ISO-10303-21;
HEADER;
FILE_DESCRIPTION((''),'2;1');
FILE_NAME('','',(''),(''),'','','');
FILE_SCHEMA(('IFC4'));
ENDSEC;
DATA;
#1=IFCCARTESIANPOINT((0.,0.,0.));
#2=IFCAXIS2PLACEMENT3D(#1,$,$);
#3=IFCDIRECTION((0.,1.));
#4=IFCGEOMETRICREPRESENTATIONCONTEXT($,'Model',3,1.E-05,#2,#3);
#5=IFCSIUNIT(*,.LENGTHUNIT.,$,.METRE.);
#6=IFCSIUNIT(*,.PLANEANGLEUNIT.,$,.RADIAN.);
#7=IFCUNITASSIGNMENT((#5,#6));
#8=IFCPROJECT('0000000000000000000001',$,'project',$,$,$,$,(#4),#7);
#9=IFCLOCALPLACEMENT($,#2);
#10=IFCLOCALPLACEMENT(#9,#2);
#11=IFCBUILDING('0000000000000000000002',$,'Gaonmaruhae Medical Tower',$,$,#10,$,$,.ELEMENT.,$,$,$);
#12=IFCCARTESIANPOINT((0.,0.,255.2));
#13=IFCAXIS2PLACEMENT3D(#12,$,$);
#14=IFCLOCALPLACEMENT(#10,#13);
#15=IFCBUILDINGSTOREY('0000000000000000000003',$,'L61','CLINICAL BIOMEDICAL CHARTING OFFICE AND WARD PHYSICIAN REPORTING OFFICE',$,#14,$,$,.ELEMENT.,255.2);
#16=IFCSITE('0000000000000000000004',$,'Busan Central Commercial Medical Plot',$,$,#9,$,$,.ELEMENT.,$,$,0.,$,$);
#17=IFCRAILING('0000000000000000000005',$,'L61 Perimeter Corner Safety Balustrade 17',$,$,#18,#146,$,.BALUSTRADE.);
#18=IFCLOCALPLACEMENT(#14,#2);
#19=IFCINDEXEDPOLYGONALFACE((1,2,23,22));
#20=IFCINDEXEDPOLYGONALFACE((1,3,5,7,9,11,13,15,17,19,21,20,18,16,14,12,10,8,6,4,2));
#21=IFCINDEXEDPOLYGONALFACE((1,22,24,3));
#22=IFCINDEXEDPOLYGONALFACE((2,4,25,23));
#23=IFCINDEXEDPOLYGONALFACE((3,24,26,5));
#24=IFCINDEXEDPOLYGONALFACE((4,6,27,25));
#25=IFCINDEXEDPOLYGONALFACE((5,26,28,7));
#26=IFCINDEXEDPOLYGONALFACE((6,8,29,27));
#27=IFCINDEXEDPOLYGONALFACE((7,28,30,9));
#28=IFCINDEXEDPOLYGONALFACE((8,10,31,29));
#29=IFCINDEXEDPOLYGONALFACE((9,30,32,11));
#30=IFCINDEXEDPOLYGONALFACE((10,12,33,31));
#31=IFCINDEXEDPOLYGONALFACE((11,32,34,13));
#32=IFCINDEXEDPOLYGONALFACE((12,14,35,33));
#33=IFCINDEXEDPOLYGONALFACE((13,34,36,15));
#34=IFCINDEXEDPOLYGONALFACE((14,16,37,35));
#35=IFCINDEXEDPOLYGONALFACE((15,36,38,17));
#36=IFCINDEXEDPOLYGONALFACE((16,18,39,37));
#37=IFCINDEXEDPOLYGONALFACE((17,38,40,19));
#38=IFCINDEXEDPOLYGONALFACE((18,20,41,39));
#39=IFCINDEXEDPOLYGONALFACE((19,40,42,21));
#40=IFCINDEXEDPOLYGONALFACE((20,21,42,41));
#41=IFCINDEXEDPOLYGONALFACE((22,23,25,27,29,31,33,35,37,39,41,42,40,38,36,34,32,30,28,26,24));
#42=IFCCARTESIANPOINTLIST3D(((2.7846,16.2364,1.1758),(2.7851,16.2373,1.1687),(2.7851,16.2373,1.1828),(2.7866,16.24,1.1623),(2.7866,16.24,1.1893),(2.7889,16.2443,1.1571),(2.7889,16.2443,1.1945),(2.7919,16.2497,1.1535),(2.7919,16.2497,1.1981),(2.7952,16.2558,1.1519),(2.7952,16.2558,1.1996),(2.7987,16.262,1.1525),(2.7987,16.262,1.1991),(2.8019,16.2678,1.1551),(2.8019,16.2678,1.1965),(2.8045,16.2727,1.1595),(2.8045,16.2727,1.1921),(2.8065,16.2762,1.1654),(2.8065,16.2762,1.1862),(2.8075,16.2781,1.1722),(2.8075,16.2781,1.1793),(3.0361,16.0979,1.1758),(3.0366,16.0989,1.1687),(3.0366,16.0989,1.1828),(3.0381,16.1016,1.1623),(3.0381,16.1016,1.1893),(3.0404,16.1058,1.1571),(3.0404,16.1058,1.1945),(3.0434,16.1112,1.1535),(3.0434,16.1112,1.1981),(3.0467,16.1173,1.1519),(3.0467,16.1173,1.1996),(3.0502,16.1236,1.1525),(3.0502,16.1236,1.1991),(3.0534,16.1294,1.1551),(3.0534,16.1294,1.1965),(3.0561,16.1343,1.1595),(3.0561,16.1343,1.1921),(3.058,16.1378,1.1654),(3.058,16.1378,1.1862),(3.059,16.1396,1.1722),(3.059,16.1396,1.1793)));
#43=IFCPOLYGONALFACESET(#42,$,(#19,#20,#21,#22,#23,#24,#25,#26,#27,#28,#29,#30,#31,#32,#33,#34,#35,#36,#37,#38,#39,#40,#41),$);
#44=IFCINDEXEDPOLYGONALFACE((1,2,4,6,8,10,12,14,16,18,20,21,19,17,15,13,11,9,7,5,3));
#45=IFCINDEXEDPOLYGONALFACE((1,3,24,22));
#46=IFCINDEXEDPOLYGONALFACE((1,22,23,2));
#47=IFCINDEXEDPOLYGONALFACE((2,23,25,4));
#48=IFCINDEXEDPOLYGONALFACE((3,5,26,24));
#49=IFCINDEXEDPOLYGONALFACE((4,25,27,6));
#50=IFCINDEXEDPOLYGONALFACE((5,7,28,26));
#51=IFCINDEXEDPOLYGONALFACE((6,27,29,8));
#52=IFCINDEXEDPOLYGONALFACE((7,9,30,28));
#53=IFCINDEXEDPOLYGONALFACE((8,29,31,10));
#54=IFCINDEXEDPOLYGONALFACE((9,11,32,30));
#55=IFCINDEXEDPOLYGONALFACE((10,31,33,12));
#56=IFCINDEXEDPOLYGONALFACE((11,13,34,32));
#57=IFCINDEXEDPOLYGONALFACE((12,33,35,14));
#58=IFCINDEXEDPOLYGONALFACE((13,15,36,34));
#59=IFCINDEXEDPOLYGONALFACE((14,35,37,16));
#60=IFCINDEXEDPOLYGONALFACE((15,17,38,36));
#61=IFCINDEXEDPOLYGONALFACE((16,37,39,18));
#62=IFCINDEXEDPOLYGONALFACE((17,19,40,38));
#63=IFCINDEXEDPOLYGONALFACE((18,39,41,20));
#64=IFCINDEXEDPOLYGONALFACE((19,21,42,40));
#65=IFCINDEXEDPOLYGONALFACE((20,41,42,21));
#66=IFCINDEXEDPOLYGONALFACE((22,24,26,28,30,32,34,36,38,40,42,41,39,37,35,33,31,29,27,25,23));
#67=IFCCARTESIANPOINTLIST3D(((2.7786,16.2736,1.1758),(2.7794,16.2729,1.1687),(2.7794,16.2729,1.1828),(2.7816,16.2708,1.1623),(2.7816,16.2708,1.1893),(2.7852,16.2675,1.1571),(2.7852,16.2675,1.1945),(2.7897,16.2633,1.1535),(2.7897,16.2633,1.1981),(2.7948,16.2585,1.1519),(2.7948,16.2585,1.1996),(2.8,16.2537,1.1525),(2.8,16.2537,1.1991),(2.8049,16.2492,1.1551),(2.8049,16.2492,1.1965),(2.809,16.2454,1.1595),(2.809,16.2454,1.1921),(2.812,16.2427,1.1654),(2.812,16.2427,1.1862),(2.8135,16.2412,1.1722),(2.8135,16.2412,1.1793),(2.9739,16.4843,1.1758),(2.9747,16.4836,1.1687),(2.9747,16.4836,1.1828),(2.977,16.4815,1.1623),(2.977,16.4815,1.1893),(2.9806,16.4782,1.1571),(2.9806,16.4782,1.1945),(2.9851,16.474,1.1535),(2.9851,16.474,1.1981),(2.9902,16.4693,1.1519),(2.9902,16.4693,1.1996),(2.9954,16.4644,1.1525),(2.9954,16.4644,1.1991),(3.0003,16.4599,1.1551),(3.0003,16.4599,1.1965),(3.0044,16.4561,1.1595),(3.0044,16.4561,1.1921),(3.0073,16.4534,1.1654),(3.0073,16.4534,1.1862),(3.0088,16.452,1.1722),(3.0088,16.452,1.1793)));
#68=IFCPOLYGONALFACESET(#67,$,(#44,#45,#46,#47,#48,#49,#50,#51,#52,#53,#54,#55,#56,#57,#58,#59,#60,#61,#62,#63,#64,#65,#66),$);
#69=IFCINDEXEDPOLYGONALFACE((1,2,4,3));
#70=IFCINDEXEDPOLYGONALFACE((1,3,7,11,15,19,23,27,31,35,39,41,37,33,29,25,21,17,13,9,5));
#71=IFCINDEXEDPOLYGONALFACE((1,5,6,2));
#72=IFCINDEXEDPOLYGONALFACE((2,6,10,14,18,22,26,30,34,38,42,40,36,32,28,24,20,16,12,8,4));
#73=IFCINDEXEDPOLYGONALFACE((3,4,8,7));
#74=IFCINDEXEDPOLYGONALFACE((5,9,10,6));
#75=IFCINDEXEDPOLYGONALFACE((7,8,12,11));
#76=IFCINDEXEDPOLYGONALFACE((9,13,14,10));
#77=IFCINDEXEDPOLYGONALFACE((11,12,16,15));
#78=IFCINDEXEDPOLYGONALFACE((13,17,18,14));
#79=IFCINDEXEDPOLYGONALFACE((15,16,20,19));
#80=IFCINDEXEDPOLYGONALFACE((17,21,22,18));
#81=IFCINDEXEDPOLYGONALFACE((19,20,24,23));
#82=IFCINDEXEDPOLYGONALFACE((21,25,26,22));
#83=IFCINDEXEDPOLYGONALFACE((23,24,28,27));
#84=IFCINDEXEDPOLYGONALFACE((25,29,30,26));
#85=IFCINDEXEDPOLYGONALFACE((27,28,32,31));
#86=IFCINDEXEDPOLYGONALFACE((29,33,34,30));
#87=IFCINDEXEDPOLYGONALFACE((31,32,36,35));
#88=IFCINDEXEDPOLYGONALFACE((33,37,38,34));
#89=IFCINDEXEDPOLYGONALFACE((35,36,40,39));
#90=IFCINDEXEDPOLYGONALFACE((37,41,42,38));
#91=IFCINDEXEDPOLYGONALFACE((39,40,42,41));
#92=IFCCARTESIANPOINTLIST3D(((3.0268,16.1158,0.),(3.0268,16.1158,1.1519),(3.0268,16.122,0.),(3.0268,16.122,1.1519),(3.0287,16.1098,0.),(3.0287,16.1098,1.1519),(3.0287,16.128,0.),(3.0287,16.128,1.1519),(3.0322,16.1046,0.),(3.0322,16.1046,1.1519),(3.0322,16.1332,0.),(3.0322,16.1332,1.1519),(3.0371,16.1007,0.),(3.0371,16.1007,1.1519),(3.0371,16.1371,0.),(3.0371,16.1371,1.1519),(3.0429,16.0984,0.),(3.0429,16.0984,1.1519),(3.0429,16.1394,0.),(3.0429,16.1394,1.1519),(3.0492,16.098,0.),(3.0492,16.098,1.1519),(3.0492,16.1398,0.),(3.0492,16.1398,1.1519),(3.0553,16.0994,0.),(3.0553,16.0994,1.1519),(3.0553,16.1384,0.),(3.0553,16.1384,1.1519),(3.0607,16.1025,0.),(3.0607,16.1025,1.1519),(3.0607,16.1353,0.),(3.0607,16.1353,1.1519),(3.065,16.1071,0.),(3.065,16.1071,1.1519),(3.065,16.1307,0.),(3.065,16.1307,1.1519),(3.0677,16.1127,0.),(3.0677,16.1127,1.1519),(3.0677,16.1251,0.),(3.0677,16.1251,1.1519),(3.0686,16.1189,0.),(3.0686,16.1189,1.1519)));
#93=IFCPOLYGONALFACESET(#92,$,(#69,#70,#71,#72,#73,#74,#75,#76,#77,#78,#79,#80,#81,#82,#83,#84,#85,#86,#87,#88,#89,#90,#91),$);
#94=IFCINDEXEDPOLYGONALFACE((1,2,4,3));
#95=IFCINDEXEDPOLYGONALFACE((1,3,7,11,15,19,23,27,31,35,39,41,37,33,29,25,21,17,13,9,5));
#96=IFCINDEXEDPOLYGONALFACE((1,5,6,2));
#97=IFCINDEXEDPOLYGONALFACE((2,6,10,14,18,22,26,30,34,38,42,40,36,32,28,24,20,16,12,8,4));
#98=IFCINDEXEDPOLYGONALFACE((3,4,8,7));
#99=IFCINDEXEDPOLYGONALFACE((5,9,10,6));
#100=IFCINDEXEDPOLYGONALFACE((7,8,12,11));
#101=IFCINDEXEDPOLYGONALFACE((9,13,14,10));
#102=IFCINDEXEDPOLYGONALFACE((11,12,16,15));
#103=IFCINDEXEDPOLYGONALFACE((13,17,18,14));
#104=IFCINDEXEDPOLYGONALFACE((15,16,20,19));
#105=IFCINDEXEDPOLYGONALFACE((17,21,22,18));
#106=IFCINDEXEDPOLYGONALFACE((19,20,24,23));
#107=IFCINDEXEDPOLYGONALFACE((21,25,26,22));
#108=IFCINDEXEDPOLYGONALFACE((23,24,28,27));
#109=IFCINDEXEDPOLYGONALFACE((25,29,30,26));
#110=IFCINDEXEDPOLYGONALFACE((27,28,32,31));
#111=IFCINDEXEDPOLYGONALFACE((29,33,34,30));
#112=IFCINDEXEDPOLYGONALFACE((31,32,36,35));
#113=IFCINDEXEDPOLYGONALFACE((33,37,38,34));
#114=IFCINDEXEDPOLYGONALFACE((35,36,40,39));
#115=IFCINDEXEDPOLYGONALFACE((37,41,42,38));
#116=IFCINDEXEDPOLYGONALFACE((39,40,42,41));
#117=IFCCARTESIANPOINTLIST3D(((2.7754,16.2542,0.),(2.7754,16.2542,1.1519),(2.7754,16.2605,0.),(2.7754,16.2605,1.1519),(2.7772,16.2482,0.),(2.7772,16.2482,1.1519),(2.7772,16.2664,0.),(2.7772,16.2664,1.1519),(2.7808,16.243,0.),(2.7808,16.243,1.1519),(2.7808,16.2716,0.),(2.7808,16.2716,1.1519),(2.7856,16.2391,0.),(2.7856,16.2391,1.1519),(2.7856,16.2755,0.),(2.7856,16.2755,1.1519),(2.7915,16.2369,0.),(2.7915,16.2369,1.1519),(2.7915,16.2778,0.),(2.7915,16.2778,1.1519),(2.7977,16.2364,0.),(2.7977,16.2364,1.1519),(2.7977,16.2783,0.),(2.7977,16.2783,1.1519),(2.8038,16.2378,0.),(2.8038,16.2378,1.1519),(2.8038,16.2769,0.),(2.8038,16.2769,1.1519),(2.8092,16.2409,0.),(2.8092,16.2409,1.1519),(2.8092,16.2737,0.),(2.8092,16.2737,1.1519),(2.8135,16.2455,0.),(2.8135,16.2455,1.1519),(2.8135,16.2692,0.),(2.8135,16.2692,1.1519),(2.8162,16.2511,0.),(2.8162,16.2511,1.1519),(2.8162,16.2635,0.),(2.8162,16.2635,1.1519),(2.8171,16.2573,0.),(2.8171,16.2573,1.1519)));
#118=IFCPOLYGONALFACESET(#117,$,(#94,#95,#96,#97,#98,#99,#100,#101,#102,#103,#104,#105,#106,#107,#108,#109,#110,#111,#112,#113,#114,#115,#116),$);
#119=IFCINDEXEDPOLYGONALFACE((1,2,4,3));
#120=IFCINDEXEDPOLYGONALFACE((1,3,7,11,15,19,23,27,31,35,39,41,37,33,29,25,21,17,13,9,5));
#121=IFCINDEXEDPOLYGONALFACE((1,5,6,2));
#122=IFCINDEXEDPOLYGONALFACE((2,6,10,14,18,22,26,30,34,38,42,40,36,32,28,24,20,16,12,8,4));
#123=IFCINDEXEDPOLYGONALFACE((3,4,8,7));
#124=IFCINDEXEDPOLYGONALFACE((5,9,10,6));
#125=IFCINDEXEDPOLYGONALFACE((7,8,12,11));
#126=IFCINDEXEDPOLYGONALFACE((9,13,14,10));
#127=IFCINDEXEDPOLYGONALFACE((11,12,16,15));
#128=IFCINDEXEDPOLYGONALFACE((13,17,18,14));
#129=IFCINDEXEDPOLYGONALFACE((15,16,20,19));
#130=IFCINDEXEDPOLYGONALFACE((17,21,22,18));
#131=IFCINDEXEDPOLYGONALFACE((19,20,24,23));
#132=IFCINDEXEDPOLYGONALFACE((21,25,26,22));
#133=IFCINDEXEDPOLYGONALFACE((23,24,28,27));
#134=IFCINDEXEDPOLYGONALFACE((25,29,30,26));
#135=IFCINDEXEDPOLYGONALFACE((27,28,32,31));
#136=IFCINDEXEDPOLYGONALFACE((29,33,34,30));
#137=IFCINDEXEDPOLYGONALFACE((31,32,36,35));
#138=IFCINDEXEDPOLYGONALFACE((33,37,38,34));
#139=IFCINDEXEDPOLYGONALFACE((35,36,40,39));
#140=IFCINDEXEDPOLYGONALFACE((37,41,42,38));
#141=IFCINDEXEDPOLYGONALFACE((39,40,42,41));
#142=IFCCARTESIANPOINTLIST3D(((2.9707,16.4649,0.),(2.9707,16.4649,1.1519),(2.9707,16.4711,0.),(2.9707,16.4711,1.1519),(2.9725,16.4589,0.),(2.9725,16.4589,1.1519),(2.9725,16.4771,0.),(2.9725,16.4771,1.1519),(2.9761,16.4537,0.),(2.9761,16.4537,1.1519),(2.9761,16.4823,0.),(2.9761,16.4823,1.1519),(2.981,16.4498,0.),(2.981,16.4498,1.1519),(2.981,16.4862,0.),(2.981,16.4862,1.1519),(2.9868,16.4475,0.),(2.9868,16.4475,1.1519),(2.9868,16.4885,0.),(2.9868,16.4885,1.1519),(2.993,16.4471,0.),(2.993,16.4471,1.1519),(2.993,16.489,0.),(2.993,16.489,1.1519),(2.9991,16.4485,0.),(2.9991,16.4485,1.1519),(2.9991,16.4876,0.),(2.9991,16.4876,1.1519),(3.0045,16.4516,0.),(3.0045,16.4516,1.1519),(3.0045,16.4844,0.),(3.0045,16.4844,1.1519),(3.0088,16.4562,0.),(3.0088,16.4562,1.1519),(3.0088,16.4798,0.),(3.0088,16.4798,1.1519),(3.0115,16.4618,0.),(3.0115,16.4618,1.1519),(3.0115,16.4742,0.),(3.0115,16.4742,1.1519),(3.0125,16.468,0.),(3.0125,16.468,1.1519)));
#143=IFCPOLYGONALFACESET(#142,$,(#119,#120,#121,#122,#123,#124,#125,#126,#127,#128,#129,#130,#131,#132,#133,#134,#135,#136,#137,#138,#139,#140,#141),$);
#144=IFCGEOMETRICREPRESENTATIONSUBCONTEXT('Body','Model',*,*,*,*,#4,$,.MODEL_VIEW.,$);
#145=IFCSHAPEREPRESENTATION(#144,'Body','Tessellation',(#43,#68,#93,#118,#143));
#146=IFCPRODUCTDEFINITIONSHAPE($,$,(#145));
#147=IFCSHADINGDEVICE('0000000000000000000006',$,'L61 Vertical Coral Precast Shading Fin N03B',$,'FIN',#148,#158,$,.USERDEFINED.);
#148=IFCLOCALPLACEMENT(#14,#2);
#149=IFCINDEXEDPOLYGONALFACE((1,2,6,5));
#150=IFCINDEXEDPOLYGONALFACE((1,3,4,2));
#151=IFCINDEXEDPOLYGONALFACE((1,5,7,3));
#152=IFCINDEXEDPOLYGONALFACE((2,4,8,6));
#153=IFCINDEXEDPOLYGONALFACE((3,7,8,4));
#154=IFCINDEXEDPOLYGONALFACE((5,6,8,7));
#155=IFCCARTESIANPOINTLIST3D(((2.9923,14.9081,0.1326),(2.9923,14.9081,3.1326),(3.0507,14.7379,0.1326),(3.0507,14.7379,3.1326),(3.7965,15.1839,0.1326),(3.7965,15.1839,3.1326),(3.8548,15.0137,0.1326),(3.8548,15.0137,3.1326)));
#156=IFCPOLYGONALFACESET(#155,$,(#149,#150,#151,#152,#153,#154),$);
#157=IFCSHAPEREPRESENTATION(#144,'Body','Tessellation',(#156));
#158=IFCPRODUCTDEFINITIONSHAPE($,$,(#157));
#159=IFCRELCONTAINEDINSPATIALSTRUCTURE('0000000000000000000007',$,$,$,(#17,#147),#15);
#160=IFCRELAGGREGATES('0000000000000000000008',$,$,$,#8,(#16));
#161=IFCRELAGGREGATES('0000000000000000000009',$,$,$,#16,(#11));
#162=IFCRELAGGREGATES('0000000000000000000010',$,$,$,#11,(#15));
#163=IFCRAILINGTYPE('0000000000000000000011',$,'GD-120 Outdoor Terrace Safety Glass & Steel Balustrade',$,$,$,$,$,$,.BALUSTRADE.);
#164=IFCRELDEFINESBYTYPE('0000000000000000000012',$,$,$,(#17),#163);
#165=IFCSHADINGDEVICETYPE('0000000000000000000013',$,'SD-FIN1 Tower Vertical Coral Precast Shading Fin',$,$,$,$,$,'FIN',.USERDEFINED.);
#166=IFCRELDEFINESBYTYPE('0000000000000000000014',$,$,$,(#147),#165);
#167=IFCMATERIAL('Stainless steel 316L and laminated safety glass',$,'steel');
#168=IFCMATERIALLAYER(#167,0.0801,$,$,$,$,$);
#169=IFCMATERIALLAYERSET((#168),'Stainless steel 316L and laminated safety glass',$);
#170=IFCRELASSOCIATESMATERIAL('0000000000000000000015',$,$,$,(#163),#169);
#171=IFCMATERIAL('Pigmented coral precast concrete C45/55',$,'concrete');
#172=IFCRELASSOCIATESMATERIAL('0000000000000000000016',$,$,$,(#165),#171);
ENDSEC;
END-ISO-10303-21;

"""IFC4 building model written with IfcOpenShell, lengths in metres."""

from ifc_helpers import new_model, si_unit, direction, frame, origin, origin_2d, place, context, subcontext, project, spatial, rectangle, circle, extrude, material, layer, layer_set, type_object, element, save


model = new_model("IFC4")

# Units and contexts
model_context = context("Model", 3, precision=1e-05, world=origin(), true_north=direction((0.0, 1.0)))
body_context = subcontext(model_context, "Body", "Model", "MODEL_VIEW")
ifc_project = project(units=[si_unit("LENGTHUNIT", "METRE"), si_unit("PLANEANGLEUNIT", "RADIAN")], contexts=[model_context])

# Site, building, storey
site_placement = place(None, origin())
site = spatial("IfcSite", under=ifc_project, at=site_placement, Name="Busan Central Commercial Medical Plot", CompositionType="ELEMENT", RefElevation=0.0)
building_placement = place(site_placement, origin())
building = spatial("IfcBuilding", under=site, at=building_placement, Name="Gaonmaruhae Medical Tower", CompositionType="ELEMENT")
storey_placement = place(building_placement, frame((0.0, 0.0, 255.2)))
storey = spatial("IfcBuildingStorey", under=building, at=storey_placement, Name="L61", Description="CLINICAL BIOMEDICAL CHARTING OFFICE AND WARD PHYSICIAN REPORTING OFFICE", CompositionType="ELEMENT", Elevation=255.2)

# Railing
ifc_material_1 = material(Name="Stainless steel 316L and laminated safety glass", Category="steel")
ifc_layer_1 = layer(ifc_material_1, 0.0801)
ifc_layer_set_1 = layer_set([ifc_layer_1], Name="Stainless steel 316L and laminated safety glass")
railing_type = type_object("IfcRailingType", Name="GD-120 Outdoor Terrace Safety Glass & Steel Balustrade", PredefinedType="BALUSTRADE", material=ifc_layer_set_1)
railing_1_placement = place(storey_placement, frame((3.0476, 16.1189, 0.0)))
element("IfcRailing", 1, at=railing_1_placement, inside=storey, type_object=railing_type, Name="L61 Perimeter Corner Safety Balustrade 17", PredefinedType="BALUSTRADE", context=body_context, shape_type="SweptSolid", body=[
    extrude(circle(Radius=0.0239, at=origin_2d()), frame((0.0, 0.0, 1.1758), z_axis=(-0.876036, 0.482245, 0.0), x_axis=(-0.482245, -0.876036, 0.0)), (0.0, 0.0, 1.0), 0.2871),
    extrude(circle(Radius=0.0239, at=origin_2d()), frame((-0.2515, 0.1384, 1.1758), z_axis=(0.679832, 0.733368, 0.0), x_axis=(-0.733368, 0.679832, 0.0)), (0.0, 0.0, 1.0), 0.2874),
    extrude(circle(Radius=0.021, at=origin_2d()), origin(), (0.0, 0.0, 1.0), 1.1519),
    extrude(circle(Radius=0.021, at=origin_2d()), frame((-0.2515, 0.1384, 0.0)), (0.0, 0.0, 1.0), 1.1519),
    extrude(circle(Radius=0.021, at=origin_2d()), frame((-0.0562, 0.3491, 0.0)), (0.0, 0.0, 1.0), 1.1519),
])

# Shading device
ifc_material_2 = material(Name="Pigmented coral precast concrete C45/55", Category="concrete")
shading_device_type = type_object("IfcShadingDeviceType", Name="SD-FIN1 Tower Vertical Coral Precast Shading Fin", ElementType="FIN", PredefinedType="USERDEFINED", material=ifc_material_2)
shading_device_placement = place(storey_placement, frame((3.4236, 14.9609, 0.1326), z_axis=(0.0, 0.0, 1.0), x_axis=(-0.324446, 0.945904, 0.0)))
element("IfcShadingDevice", 2, at=shading_device_placement, inside=storey, type_object=shading_device_type, Name="L61 Vertical Coral Precast Shading Fin N03B", ObjectType="FIN", PredefinedType="USERDEFINED", context=body_context, shape_type="SweptSolid", body=[
    extrude(rectangle(XDim=0.1799, YDim=0.8501, at=origin_2d()), origin(), (0.0, 0.0, 1.0), 3.0),
])

save(model, "model.ifc")
